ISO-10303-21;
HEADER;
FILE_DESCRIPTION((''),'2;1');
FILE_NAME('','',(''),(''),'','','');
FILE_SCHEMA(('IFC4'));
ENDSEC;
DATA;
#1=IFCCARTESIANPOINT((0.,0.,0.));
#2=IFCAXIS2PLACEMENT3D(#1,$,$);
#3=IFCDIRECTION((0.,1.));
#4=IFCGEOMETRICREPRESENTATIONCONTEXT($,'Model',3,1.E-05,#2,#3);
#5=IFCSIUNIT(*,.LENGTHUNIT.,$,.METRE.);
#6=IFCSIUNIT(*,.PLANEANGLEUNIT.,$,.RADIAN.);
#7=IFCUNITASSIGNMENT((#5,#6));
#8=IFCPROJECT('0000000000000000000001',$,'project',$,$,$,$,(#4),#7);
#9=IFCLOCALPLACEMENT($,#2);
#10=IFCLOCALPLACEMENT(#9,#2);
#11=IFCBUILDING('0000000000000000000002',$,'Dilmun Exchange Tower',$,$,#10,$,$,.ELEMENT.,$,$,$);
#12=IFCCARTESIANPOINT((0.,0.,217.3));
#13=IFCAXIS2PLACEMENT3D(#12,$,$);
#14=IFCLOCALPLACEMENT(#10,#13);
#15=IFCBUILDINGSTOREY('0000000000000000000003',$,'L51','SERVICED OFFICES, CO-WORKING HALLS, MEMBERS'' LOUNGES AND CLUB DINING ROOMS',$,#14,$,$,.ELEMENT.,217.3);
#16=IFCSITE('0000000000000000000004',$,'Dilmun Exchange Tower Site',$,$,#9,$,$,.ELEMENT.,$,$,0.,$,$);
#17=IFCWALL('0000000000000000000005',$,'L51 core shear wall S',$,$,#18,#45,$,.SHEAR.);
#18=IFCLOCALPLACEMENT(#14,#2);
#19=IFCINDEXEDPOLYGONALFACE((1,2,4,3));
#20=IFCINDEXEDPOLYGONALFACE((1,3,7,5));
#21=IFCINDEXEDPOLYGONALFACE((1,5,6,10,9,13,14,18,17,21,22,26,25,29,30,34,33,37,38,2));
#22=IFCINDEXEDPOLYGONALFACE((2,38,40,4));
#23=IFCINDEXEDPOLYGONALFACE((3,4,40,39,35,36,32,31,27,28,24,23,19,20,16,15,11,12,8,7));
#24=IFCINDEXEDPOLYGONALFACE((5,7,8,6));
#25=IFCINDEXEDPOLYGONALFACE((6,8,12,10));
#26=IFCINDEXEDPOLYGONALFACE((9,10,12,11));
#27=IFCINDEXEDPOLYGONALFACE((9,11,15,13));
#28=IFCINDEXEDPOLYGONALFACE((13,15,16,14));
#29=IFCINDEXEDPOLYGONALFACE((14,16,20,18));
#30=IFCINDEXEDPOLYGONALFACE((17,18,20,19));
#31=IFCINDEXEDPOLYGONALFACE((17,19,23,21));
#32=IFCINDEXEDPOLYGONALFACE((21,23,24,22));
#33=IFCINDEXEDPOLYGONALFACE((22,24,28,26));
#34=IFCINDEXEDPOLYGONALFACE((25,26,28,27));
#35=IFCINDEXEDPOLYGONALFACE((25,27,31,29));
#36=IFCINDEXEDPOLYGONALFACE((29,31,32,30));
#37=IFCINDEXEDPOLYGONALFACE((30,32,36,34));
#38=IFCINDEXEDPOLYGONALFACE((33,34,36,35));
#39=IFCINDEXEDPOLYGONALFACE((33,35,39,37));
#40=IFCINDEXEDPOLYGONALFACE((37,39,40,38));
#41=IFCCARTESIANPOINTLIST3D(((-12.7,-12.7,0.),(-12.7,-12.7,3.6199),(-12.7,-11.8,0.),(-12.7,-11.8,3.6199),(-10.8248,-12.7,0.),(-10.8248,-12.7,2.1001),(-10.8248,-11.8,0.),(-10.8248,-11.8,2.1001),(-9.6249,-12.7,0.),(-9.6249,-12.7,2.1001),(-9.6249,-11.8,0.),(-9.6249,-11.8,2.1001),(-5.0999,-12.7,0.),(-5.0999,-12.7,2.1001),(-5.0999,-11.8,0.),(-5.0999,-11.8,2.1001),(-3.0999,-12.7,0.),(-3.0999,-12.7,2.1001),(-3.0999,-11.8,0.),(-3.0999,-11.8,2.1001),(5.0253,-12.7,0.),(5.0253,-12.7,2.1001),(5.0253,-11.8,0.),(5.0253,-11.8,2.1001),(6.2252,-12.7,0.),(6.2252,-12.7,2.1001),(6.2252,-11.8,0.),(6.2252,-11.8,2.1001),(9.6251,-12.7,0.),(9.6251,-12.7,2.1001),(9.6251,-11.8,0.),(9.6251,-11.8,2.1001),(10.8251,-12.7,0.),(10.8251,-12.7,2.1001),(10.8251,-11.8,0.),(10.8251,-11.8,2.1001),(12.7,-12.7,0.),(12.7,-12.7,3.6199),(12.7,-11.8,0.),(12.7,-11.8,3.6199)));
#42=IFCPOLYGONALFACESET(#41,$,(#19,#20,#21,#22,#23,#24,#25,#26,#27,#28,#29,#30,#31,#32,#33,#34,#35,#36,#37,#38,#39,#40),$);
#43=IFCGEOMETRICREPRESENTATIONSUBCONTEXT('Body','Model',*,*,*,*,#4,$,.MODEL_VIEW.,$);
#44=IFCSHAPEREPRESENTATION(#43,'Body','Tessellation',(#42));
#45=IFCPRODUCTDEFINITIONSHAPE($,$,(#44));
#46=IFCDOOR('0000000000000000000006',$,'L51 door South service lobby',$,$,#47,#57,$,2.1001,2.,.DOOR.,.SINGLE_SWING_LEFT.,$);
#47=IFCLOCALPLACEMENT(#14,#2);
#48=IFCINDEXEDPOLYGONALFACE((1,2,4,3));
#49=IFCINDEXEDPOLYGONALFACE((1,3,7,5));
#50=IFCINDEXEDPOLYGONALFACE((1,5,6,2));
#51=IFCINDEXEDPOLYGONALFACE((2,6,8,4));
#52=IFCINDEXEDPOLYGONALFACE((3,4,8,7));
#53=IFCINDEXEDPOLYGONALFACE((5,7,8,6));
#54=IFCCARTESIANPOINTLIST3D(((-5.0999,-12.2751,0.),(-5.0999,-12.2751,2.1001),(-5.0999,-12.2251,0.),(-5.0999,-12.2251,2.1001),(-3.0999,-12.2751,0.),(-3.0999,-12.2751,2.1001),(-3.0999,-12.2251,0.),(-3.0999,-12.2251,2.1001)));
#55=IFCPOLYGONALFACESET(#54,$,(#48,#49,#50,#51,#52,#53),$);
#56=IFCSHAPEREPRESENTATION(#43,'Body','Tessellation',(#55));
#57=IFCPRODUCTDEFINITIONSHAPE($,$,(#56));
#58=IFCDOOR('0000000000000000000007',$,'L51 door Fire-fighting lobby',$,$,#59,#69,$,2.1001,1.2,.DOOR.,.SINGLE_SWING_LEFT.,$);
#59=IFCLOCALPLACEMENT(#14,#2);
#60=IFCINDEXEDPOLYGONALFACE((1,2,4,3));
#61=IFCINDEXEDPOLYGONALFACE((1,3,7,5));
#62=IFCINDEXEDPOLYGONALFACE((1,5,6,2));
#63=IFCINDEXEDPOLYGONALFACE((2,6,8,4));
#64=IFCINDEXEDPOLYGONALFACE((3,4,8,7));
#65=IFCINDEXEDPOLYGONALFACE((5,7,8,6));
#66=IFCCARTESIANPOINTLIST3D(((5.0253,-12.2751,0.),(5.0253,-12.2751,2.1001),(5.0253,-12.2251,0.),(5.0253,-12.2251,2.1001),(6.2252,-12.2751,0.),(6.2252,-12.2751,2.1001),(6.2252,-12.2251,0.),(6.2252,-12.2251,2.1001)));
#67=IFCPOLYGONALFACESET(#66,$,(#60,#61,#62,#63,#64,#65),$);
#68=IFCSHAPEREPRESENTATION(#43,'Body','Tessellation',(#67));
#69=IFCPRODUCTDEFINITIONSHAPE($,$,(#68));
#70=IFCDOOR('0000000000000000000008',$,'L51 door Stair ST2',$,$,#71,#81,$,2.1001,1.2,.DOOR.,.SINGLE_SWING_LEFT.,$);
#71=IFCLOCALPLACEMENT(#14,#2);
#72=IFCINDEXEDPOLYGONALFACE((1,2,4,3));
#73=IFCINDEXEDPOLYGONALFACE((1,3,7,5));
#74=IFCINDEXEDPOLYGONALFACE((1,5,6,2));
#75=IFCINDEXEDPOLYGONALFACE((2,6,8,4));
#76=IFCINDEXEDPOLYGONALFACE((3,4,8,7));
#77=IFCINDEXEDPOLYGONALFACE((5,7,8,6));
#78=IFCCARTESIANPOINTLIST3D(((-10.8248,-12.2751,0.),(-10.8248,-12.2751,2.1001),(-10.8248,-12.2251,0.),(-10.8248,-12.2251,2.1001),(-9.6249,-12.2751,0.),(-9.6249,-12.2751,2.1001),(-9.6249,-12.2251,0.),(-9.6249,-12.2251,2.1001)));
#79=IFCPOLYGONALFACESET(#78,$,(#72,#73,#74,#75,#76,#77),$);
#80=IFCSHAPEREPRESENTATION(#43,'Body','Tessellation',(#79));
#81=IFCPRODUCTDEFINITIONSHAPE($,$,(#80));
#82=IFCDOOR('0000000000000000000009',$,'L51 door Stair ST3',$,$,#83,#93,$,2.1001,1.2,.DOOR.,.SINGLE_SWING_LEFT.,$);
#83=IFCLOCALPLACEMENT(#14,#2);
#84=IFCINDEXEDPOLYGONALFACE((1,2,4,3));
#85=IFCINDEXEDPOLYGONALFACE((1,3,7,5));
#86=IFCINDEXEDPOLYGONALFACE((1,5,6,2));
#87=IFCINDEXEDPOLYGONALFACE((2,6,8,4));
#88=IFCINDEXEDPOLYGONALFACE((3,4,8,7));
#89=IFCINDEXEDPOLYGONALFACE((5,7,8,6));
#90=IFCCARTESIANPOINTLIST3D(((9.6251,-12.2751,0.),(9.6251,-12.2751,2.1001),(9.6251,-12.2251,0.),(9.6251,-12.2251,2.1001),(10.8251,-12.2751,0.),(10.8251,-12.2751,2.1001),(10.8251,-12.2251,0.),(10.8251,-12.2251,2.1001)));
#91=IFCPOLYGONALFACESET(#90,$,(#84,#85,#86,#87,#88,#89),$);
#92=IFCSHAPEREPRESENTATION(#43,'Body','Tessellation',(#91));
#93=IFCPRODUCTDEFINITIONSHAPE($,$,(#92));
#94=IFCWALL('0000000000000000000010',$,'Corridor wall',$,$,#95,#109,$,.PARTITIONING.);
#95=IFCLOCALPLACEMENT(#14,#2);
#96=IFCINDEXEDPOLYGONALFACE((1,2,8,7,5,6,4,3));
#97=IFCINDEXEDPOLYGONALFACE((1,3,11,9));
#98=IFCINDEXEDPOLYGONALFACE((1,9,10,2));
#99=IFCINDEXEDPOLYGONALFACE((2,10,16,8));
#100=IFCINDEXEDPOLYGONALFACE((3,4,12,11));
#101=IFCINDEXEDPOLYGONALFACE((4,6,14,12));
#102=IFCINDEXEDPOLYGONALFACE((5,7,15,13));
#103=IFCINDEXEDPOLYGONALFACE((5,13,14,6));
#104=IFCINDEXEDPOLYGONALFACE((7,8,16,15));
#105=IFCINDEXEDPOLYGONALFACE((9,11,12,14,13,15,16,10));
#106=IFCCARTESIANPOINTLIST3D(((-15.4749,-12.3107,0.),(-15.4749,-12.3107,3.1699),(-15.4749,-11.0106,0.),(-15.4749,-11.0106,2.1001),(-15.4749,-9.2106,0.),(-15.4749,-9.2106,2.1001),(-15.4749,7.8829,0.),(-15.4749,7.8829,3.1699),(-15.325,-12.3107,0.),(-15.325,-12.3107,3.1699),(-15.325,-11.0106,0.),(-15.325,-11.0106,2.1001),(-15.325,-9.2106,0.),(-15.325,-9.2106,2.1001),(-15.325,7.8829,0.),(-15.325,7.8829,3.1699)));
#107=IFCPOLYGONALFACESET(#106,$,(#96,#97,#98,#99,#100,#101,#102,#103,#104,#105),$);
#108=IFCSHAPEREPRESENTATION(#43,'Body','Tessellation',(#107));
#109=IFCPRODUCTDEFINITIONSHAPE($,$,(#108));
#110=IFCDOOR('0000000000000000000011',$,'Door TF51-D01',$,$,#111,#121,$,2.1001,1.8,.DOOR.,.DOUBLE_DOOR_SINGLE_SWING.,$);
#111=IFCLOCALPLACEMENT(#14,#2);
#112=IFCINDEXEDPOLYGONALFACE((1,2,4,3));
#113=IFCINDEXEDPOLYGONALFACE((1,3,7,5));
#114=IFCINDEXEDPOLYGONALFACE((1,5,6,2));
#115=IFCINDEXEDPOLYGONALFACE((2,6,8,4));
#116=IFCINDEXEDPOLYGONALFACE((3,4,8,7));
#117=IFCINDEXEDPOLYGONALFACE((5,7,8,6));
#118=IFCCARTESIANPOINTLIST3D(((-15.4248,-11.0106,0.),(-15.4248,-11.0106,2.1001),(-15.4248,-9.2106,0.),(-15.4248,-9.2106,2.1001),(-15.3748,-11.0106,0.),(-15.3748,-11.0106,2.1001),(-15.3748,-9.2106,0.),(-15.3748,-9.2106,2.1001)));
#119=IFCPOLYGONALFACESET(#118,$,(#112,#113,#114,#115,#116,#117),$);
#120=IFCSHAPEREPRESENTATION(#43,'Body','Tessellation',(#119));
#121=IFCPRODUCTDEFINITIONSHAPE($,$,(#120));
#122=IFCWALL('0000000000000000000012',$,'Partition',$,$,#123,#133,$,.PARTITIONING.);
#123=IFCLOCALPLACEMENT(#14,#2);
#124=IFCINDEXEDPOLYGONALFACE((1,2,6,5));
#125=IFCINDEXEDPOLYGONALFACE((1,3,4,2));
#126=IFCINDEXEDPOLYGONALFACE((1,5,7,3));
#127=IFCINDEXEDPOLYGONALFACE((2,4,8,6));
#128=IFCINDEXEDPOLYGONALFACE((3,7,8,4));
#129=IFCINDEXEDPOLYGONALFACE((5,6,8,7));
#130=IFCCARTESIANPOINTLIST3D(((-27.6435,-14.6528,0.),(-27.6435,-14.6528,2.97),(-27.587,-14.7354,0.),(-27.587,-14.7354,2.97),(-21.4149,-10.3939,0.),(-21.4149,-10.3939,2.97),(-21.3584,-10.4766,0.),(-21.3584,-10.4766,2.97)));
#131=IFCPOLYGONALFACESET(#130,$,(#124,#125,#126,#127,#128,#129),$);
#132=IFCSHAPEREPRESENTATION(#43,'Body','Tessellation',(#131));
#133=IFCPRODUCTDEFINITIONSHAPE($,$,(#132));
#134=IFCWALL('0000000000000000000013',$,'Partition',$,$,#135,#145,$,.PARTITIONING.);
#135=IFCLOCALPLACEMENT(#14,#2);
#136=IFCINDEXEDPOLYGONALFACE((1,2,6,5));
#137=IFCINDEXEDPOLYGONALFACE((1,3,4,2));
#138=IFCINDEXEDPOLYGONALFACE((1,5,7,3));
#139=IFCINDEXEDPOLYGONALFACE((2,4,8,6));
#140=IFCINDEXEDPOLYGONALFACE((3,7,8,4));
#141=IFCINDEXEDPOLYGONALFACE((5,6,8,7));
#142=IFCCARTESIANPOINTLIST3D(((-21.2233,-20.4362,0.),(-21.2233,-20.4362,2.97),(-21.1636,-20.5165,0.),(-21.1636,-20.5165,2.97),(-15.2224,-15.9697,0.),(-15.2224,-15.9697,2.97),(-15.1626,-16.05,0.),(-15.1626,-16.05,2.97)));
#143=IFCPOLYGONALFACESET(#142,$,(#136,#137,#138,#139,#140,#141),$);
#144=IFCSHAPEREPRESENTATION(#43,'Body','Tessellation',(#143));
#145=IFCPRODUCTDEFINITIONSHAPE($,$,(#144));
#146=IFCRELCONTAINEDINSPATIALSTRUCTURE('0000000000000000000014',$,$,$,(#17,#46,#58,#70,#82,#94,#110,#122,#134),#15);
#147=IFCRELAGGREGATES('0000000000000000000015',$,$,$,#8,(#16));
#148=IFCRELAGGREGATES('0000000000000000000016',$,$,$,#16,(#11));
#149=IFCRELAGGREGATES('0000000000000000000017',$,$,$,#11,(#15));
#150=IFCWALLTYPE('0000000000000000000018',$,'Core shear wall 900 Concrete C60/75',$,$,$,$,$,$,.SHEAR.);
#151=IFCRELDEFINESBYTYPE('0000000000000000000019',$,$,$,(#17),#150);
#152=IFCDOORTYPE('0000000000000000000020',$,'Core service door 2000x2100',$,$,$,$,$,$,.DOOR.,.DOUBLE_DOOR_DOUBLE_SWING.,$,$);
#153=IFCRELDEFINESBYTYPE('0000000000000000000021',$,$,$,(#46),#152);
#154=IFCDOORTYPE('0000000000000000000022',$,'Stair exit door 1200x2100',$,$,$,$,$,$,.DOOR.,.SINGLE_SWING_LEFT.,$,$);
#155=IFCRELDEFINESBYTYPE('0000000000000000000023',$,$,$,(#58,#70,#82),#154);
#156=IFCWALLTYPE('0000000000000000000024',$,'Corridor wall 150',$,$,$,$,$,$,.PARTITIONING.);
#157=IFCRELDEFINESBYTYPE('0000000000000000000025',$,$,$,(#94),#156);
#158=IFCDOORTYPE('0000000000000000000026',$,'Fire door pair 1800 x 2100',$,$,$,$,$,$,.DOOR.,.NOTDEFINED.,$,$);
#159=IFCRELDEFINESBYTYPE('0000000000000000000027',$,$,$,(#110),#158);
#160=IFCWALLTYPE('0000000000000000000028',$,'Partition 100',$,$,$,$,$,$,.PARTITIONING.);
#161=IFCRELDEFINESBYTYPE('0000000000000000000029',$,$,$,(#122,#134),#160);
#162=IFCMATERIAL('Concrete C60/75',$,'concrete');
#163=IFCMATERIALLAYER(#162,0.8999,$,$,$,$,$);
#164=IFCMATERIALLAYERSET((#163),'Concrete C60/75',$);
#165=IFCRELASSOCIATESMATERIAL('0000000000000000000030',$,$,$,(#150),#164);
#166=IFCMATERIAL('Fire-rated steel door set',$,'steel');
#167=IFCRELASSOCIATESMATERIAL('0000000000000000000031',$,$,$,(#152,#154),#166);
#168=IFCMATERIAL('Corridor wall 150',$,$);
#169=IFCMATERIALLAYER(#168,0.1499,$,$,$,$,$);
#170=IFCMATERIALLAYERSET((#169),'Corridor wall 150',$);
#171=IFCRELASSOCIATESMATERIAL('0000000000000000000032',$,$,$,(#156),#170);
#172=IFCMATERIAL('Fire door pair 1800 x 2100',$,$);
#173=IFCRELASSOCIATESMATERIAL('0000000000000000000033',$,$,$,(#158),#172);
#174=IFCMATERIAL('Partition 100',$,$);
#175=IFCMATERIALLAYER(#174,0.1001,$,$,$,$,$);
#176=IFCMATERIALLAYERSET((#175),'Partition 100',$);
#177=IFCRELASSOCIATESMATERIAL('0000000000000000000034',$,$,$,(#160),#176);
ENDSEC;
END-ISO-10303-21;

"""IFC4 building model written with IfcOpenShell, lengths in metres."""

from ifc_helpers import new_model, si_unit, direction, frame, frame_2d, origin, place, context, subcontext, project, spatial, rectangle, extrude, material, layer, layer_set, type_object, element, fill, save


model = new_model("IFC4")

# Units and contexts
model_context = context("Model", 3, precision=1e-05, world=origin(), true_north=direction((0.0, 1.0)))
body_context = subcontext(model_context, "Body", "Model", "MODEL_VIEW")
ifc_project = project(units=[si_unit("LENGTHUNIT", "METRE"), si_unit("PLANEANGLEUNIT", "RADIAN")], contexts=[model_context])

# Site, building, storey
site_placement = place(None, origin())
site = spatial("IfcSite", under=ifc_project, at=site_placement, Name="Dilmun Exchange Tower Site", CompositionType="ELEMENT", RefElevation=0.0)
building_placement = place(site_placement, origin())
building = spatial("IfcBuilding", under=site, at=building_placement, Name="Dilmun Exchange Tower", CompositionType="ELEMENT")
storey_placement = place(building_placement, frame((0.0, 0.0, 217.3)))
storey = spatial("IfcBuildingStorey", under=building, at=storey_placement, Name="L51", Description="SERVICED OFFICES, CO-WORKING HALLS, MEMBERS' LOUNGES AND CLUB DINING ROOMS", CompositionType="ELEMENT", Elevation=217.3)

# Shared definitions
ifc_material_1 = material(Name="Concrete C60/75", Category="concrete")

# Wall, openings, doors
ifc_layer_1 = layer(ifc_material_1, 0.8999)
ifc_layer_set_1 = layer_set([ifc_layer_1], Name="Concrete C60/75")
wall_type_1 = type_object("IfcWallType", Name="Core shear wall 900 Concrete C60/75", PredefinedType="SHEAR", material=ifc_layer_set_1)
wall_1_placement = place(storey_placement, frame((-12.7, -12.25, 0.0), z_axis=(0.0, 0.0, 1.0), x_axis=(1.0, 0.0, 0.0)))
wall_1 = element("IfcWall", 1, at=wall_1_placement, inside=storey, type_object=wall_type_1, Name="L51 core shear wall S", PredefinedType="SHEAR", context=body_context, shape_type="SweptSolid", body=[
    extrude(rectangle(XDim=25.3999, YDim=0.8999, at=frame_2d((12.7, 0.0))), origin(), (0.0, 0.0, 1.0), 3.6199),
])
opening_1_placement = place(wall_1_placement, frame((7.6001, 0.0, 0.0)))
opening_1 = element("IfcOpeningElement", 2, at=opening_1_placement, cuts=wall_1, PredefinedType="OPENING", context=body_context, shape_type="SweptSolid", body=[
    extrude(rectangle(XDim=2.0, YDim=2.1001, at=frame_2d((1.0, 1.05))), frame((0.0, 0.46, 0.0), z_axis=(0.0, -1.0, 0.0), x_axis=(1.0, 0.0, 0.0)), (0.0, 0.0, 1.0), 0.9199),
])
opening_2_placement = place(wall_1_placement, frame((17.7251, 0.0, 0.0)))
opening_2 = element("IfcOpeningElement", 3, at=opening_2_placement, cuts=wall_1, PredefinedType="OPENING", context=body_context, shape_type="SweptSolid", body=[
    extrude(rectangle(XDim=1.2, YDim=2.1001, at=frame_2d((0.6001, 1.05))), frame((0.0, 0.46, 0.0), z_axis=(0.0, -1.0, 0.0), x_axis=(1.0, 0.0, 0.0)), (0.0, 0.0, 1.0), 0.9199),
])
opening_3_placement = place(wall_1_placement, frame((1.875, 0.0, 0.0)))
opening_3 = element("IfcOpeningElement", 4, at=opening_3_placement, cuts=wall_1, PredefinedType="OPENING", context=body_context, shape_type="SweptSolid", body=[
    extrude(rectangle(XDim=1.2, YDim=2.1001, at=frame_2d((0.6001, 1.05))), frame((0.0, 0.46, 0.0), z_axis=(0.0, -1.0, 0.0), x_axis=(1.0, 0.0, 0.0)), (0.0, 0.0, 1.0), 0.9199),
])
opening_4_placement = place(wall_1_placement, frame((22.325, 0.0, 0.0)))
opening_4 = element("IfcOpeningElement", 5, at=opening_4_placement, cuts=wall_1, PredefinedType="OPENING", context=body_context, shape_type="SweptSolid", body=[
    extrude(rectangle(XDim=1.2, YDim=2.1001, at=frame_2d((0.6001, 1.05))), frame((0.0, 0.46, 0.0), z_axis=(0.0, -1.0, 0.0), x_axis=(1.0, 0.0, 0.0)), (0.0, 0.0, 1.0), 0.9199),
])
ifc_material_2 = material(Name="Fire-rated steel door set", Category="steel")
door_type_1 = type_object("IfcDoorType", Name="Core service door 2000x2100", OperationType="DOUBLE_DOOR_DOUBLE_SWING", PredefinedType="DOOR", material=ifc_material_2)
door_1_placement = place(opening_1_placement, origin())
door_1 = element("IfcDoor", 6, at=door_1_placement, inside=storey, type_object=door_type_1, Name="L51 door South service lobby", OperationType="SINGLE_SWING_LEFT", OverallHeight=2.1001, OverallWidth=2.0, PredefinedType="DOOR", context=body_context, shape_type="SweptSolid", body=[
    extrude(rectangle(XDim=2.0, YDim=2.1001, at=frame_2d((1.0, 1.05))), frame((0.0, 0.0249, 0.0), z_axis=(0.0, -1.0, 0.0), x_axis=(1.0, 0.0, 0.0)), (0.0, 0.0, 1.0), 0.05),
])
fill(opening_1, door_1)
door_type_2 = type_object("IfcDoorType", Name="Stair exit door 1200x2100", OperationType="SINGLE_SWING_LEFT", PredefinedType="DOOR", material=ifc_material_2)
door_2_placement = place(opening_2_placement, origin())
door_2 = element("IfcDoor", 7, at=door_2_placement, inside=storey, type_object=door_type_2, Name="L51 door Fire-fighting lobby", OperationType="SINGLE_SWING_LEFT", OverallHeight=2.1001, OverallWidth=1.2, PredefinedType="DOOR", context=body_context, shape_type="SweptSolid", body=[
    extrude(rectangle(XDim=1.2, YDim=2.1001, at=frame_2d((0.6001, 1.05))), frame((0.0, 0.0249, 0.0), z_axis=(0.0, -1.0, 0.0), x_axis=(1.0, 0.0, 0.0)), (0.0, 0.0, 1.0), 0.05),
])
fill(opening_2, door_2)
door_3_placement = place(opening_3_placement, origin())
door_3 = element("IfcDoor", 8, at=door_3_placement, inside=storey, type_object=door_type_2, Name="L51 door Stair ST2", OperationType="SINGLE_SWING_LEFT", OverallHeight=2.1001, OverallWidth=1.2, PredefinedType="DOOR", context=body_context, shape_type="SweptSolid", body=[
    extrude(rectangle(XDim=1.2, YDim=2.1001, at=frame_2d((0.6001, 1.05))), frame((0.0, 0.0249, 0.0), z_axis=(0.0, -1.0, 0.0), x_axis=(1.0, 0.0, 0.0)), (0.0, 0.0, 1.0), 0.05),
])
fill(opening_3, door_3)
door_4_placement = place(opening_4_placement, origin())
door_4 = element("IfcDoor", 9, at=door_4_placement, inside=storey, type_object=door_type_2, Name="L51 door Stair ST3", OperationType="SINGLE_SWING_LEFT", OverallHeight=2.1001, OverallWidth=1.2, PredefinedType="DOOR", context=body_context, shape_type="SweptSolid", body=[
    extrude(rectangle(XDim=1.2, YDim=2.1001, at=frame_2d((0.6001, 1.05))), frame((0.0, 0.0249, 0.0), z_axis=(0.0, -1.0, 0.0), x_axis=(1.0, 0.0, 0.0)), (0.0, 0.0, 1.0), 0.05),
])
fill(opening_4, door_4)

# Wall, opening, door
ifc_material_3 = material(Name="Corridor wall 150")
ifc_layer_2 = layer(ifc_material_3, 0.1499)
ifc_layer_set_2 = layer_set([ifc_layer_2], Name="Corridor wall 150")
wall_type_2 = type_object("IfcWallType", Name="Corridor wall 150", PredefinedType="PARTITIONING", material=ifc_layer_set_2)
wall_2_placement = place(storey_placement, frame((-15.3999, -12.3105, 0.0), z_axis=(0.0, 0.0, 1.0), x_axis=(0.0, 1.0, 0.0)))
wall_2 = element("IfcWall", 10, at=wall_2_placement, inside=storey, type_object=wall_type_2, Name="Corridor wall", PredefinedType="PARTITIONING", context=body_context, shape_type="SweptSolid", body=[
    extrude(rectangle(XDim=20.1936, YDim=0.1499, at=frame_2d((10.0967, 0.0))), origin(), (0.0, 0.0, 1.0), 3.1699),
])
opening_5_placement = place(wall_2_placement, frame((1.3, 0.0, 0.0)))
opening_5 = element("IfcOpeningElement", 11, at=opening_5_placement, cuts=wall_2, PredefinedType="OPENING", context=body_context, shape_type="SweptSolid", body=[
    extrude(rectangle(XDim=1.8, YDim=2.1001, at=frame_2d((0.8999, 1.05))), frame((0.0, 0.085, 0.0), z_axis=(0.0, -1.0, 0.0), x_axis=(1.0, 0.0, 0.0)), (0.0, 0.0, 1.0), 0.1699),
])
ifc_material_4 = material(Name="Fire door pair 1800 x 2100")
door_type_3 = type_object("IfcDoorType", Name="Fire door pair 1800 x 2100", OperationType="NOTDEFINED", PredefinedType="DOOR", material=ifc_material_4)
door_5_placement = place(opening_5_placement, origin())
door_5 = element("IfcDoor", 12, at=door_5_placement, inside=storey, type_object=door_type_3, Name="Door TF51-D01", OperationType="DOUBLE_DOOR_SINGLE_SWING", OverallHeight=2.1001, OverallWidth=1.8, PredefinedType="DOOR", context=body_context, shape_type="SweptSolid", body=[
    extrude(rectangle(XDim=1.8, YDim=2.1001, at=frame_2d((0.8999, 1.05))), frame((0.0, 0.0249, 0.0), z_axis=(0.0, -1.0, 0.0), x_axis=(1.0, 0.0, 0.0)), (0.0, 0.0, 1.0), 0.05),
])
fill(opening_5, door_5)

# Walls
ifc_material_5 = material(Name="Partition 100")
ifc_layer_3 = layer(ifc_material_5, 0.1001)
ifc_layer_set_3 = layer_set([ifc_layer_3], Name="Partition 100")
wall_type_3 = type_object("IfcWallType", Name="Partition 100", PredefinedType="PARTITIONING", material=ifc_layer_set_3)
wall_3_placement = place(storey_placement, frame((-27.6152, -14.6941, 0.0), z_axis=(0.0, 0.0, 1.0), x_axis=(0.825482, 0.564429, 0.0)))
element("IfcWall", 13, at=wall_3_placement, inside=storey, type_object=wall_type_3, Name="Partition", PredefinedType="PARTITIONING", context=body_context, shape_type="SweptSolid", body=[
    extrude(rectangle(XDim=7.5454, YDim=0.1001, at=frame_2d((3.7727, 0.0))), origin(), (0.0, 0.0, 1.0), 2.97),
])
wall_4_placement = place(storey_placement, frame((-21.1934, -20.4763, 0.0), z_axis=(0.0, 0.0, 1.0), x_axis=(0.802188, 0.597072, 0.0)))
element("IfcWall", 14, at=wall_4_placement, inside=storey, type_object=wall_type_3, Name="Partition", PredefinedType="PARTITIONING", context=body_context, shape_type="SweptSolid", body=[
    extrude(rectangle(XDim=7.4807, YDim=0.1001, at=frame_2d((3.7402, 0.0))), origin(), (0.0, 0.0, 1.0), 2.97),
])

save(model, "model.ifc")
